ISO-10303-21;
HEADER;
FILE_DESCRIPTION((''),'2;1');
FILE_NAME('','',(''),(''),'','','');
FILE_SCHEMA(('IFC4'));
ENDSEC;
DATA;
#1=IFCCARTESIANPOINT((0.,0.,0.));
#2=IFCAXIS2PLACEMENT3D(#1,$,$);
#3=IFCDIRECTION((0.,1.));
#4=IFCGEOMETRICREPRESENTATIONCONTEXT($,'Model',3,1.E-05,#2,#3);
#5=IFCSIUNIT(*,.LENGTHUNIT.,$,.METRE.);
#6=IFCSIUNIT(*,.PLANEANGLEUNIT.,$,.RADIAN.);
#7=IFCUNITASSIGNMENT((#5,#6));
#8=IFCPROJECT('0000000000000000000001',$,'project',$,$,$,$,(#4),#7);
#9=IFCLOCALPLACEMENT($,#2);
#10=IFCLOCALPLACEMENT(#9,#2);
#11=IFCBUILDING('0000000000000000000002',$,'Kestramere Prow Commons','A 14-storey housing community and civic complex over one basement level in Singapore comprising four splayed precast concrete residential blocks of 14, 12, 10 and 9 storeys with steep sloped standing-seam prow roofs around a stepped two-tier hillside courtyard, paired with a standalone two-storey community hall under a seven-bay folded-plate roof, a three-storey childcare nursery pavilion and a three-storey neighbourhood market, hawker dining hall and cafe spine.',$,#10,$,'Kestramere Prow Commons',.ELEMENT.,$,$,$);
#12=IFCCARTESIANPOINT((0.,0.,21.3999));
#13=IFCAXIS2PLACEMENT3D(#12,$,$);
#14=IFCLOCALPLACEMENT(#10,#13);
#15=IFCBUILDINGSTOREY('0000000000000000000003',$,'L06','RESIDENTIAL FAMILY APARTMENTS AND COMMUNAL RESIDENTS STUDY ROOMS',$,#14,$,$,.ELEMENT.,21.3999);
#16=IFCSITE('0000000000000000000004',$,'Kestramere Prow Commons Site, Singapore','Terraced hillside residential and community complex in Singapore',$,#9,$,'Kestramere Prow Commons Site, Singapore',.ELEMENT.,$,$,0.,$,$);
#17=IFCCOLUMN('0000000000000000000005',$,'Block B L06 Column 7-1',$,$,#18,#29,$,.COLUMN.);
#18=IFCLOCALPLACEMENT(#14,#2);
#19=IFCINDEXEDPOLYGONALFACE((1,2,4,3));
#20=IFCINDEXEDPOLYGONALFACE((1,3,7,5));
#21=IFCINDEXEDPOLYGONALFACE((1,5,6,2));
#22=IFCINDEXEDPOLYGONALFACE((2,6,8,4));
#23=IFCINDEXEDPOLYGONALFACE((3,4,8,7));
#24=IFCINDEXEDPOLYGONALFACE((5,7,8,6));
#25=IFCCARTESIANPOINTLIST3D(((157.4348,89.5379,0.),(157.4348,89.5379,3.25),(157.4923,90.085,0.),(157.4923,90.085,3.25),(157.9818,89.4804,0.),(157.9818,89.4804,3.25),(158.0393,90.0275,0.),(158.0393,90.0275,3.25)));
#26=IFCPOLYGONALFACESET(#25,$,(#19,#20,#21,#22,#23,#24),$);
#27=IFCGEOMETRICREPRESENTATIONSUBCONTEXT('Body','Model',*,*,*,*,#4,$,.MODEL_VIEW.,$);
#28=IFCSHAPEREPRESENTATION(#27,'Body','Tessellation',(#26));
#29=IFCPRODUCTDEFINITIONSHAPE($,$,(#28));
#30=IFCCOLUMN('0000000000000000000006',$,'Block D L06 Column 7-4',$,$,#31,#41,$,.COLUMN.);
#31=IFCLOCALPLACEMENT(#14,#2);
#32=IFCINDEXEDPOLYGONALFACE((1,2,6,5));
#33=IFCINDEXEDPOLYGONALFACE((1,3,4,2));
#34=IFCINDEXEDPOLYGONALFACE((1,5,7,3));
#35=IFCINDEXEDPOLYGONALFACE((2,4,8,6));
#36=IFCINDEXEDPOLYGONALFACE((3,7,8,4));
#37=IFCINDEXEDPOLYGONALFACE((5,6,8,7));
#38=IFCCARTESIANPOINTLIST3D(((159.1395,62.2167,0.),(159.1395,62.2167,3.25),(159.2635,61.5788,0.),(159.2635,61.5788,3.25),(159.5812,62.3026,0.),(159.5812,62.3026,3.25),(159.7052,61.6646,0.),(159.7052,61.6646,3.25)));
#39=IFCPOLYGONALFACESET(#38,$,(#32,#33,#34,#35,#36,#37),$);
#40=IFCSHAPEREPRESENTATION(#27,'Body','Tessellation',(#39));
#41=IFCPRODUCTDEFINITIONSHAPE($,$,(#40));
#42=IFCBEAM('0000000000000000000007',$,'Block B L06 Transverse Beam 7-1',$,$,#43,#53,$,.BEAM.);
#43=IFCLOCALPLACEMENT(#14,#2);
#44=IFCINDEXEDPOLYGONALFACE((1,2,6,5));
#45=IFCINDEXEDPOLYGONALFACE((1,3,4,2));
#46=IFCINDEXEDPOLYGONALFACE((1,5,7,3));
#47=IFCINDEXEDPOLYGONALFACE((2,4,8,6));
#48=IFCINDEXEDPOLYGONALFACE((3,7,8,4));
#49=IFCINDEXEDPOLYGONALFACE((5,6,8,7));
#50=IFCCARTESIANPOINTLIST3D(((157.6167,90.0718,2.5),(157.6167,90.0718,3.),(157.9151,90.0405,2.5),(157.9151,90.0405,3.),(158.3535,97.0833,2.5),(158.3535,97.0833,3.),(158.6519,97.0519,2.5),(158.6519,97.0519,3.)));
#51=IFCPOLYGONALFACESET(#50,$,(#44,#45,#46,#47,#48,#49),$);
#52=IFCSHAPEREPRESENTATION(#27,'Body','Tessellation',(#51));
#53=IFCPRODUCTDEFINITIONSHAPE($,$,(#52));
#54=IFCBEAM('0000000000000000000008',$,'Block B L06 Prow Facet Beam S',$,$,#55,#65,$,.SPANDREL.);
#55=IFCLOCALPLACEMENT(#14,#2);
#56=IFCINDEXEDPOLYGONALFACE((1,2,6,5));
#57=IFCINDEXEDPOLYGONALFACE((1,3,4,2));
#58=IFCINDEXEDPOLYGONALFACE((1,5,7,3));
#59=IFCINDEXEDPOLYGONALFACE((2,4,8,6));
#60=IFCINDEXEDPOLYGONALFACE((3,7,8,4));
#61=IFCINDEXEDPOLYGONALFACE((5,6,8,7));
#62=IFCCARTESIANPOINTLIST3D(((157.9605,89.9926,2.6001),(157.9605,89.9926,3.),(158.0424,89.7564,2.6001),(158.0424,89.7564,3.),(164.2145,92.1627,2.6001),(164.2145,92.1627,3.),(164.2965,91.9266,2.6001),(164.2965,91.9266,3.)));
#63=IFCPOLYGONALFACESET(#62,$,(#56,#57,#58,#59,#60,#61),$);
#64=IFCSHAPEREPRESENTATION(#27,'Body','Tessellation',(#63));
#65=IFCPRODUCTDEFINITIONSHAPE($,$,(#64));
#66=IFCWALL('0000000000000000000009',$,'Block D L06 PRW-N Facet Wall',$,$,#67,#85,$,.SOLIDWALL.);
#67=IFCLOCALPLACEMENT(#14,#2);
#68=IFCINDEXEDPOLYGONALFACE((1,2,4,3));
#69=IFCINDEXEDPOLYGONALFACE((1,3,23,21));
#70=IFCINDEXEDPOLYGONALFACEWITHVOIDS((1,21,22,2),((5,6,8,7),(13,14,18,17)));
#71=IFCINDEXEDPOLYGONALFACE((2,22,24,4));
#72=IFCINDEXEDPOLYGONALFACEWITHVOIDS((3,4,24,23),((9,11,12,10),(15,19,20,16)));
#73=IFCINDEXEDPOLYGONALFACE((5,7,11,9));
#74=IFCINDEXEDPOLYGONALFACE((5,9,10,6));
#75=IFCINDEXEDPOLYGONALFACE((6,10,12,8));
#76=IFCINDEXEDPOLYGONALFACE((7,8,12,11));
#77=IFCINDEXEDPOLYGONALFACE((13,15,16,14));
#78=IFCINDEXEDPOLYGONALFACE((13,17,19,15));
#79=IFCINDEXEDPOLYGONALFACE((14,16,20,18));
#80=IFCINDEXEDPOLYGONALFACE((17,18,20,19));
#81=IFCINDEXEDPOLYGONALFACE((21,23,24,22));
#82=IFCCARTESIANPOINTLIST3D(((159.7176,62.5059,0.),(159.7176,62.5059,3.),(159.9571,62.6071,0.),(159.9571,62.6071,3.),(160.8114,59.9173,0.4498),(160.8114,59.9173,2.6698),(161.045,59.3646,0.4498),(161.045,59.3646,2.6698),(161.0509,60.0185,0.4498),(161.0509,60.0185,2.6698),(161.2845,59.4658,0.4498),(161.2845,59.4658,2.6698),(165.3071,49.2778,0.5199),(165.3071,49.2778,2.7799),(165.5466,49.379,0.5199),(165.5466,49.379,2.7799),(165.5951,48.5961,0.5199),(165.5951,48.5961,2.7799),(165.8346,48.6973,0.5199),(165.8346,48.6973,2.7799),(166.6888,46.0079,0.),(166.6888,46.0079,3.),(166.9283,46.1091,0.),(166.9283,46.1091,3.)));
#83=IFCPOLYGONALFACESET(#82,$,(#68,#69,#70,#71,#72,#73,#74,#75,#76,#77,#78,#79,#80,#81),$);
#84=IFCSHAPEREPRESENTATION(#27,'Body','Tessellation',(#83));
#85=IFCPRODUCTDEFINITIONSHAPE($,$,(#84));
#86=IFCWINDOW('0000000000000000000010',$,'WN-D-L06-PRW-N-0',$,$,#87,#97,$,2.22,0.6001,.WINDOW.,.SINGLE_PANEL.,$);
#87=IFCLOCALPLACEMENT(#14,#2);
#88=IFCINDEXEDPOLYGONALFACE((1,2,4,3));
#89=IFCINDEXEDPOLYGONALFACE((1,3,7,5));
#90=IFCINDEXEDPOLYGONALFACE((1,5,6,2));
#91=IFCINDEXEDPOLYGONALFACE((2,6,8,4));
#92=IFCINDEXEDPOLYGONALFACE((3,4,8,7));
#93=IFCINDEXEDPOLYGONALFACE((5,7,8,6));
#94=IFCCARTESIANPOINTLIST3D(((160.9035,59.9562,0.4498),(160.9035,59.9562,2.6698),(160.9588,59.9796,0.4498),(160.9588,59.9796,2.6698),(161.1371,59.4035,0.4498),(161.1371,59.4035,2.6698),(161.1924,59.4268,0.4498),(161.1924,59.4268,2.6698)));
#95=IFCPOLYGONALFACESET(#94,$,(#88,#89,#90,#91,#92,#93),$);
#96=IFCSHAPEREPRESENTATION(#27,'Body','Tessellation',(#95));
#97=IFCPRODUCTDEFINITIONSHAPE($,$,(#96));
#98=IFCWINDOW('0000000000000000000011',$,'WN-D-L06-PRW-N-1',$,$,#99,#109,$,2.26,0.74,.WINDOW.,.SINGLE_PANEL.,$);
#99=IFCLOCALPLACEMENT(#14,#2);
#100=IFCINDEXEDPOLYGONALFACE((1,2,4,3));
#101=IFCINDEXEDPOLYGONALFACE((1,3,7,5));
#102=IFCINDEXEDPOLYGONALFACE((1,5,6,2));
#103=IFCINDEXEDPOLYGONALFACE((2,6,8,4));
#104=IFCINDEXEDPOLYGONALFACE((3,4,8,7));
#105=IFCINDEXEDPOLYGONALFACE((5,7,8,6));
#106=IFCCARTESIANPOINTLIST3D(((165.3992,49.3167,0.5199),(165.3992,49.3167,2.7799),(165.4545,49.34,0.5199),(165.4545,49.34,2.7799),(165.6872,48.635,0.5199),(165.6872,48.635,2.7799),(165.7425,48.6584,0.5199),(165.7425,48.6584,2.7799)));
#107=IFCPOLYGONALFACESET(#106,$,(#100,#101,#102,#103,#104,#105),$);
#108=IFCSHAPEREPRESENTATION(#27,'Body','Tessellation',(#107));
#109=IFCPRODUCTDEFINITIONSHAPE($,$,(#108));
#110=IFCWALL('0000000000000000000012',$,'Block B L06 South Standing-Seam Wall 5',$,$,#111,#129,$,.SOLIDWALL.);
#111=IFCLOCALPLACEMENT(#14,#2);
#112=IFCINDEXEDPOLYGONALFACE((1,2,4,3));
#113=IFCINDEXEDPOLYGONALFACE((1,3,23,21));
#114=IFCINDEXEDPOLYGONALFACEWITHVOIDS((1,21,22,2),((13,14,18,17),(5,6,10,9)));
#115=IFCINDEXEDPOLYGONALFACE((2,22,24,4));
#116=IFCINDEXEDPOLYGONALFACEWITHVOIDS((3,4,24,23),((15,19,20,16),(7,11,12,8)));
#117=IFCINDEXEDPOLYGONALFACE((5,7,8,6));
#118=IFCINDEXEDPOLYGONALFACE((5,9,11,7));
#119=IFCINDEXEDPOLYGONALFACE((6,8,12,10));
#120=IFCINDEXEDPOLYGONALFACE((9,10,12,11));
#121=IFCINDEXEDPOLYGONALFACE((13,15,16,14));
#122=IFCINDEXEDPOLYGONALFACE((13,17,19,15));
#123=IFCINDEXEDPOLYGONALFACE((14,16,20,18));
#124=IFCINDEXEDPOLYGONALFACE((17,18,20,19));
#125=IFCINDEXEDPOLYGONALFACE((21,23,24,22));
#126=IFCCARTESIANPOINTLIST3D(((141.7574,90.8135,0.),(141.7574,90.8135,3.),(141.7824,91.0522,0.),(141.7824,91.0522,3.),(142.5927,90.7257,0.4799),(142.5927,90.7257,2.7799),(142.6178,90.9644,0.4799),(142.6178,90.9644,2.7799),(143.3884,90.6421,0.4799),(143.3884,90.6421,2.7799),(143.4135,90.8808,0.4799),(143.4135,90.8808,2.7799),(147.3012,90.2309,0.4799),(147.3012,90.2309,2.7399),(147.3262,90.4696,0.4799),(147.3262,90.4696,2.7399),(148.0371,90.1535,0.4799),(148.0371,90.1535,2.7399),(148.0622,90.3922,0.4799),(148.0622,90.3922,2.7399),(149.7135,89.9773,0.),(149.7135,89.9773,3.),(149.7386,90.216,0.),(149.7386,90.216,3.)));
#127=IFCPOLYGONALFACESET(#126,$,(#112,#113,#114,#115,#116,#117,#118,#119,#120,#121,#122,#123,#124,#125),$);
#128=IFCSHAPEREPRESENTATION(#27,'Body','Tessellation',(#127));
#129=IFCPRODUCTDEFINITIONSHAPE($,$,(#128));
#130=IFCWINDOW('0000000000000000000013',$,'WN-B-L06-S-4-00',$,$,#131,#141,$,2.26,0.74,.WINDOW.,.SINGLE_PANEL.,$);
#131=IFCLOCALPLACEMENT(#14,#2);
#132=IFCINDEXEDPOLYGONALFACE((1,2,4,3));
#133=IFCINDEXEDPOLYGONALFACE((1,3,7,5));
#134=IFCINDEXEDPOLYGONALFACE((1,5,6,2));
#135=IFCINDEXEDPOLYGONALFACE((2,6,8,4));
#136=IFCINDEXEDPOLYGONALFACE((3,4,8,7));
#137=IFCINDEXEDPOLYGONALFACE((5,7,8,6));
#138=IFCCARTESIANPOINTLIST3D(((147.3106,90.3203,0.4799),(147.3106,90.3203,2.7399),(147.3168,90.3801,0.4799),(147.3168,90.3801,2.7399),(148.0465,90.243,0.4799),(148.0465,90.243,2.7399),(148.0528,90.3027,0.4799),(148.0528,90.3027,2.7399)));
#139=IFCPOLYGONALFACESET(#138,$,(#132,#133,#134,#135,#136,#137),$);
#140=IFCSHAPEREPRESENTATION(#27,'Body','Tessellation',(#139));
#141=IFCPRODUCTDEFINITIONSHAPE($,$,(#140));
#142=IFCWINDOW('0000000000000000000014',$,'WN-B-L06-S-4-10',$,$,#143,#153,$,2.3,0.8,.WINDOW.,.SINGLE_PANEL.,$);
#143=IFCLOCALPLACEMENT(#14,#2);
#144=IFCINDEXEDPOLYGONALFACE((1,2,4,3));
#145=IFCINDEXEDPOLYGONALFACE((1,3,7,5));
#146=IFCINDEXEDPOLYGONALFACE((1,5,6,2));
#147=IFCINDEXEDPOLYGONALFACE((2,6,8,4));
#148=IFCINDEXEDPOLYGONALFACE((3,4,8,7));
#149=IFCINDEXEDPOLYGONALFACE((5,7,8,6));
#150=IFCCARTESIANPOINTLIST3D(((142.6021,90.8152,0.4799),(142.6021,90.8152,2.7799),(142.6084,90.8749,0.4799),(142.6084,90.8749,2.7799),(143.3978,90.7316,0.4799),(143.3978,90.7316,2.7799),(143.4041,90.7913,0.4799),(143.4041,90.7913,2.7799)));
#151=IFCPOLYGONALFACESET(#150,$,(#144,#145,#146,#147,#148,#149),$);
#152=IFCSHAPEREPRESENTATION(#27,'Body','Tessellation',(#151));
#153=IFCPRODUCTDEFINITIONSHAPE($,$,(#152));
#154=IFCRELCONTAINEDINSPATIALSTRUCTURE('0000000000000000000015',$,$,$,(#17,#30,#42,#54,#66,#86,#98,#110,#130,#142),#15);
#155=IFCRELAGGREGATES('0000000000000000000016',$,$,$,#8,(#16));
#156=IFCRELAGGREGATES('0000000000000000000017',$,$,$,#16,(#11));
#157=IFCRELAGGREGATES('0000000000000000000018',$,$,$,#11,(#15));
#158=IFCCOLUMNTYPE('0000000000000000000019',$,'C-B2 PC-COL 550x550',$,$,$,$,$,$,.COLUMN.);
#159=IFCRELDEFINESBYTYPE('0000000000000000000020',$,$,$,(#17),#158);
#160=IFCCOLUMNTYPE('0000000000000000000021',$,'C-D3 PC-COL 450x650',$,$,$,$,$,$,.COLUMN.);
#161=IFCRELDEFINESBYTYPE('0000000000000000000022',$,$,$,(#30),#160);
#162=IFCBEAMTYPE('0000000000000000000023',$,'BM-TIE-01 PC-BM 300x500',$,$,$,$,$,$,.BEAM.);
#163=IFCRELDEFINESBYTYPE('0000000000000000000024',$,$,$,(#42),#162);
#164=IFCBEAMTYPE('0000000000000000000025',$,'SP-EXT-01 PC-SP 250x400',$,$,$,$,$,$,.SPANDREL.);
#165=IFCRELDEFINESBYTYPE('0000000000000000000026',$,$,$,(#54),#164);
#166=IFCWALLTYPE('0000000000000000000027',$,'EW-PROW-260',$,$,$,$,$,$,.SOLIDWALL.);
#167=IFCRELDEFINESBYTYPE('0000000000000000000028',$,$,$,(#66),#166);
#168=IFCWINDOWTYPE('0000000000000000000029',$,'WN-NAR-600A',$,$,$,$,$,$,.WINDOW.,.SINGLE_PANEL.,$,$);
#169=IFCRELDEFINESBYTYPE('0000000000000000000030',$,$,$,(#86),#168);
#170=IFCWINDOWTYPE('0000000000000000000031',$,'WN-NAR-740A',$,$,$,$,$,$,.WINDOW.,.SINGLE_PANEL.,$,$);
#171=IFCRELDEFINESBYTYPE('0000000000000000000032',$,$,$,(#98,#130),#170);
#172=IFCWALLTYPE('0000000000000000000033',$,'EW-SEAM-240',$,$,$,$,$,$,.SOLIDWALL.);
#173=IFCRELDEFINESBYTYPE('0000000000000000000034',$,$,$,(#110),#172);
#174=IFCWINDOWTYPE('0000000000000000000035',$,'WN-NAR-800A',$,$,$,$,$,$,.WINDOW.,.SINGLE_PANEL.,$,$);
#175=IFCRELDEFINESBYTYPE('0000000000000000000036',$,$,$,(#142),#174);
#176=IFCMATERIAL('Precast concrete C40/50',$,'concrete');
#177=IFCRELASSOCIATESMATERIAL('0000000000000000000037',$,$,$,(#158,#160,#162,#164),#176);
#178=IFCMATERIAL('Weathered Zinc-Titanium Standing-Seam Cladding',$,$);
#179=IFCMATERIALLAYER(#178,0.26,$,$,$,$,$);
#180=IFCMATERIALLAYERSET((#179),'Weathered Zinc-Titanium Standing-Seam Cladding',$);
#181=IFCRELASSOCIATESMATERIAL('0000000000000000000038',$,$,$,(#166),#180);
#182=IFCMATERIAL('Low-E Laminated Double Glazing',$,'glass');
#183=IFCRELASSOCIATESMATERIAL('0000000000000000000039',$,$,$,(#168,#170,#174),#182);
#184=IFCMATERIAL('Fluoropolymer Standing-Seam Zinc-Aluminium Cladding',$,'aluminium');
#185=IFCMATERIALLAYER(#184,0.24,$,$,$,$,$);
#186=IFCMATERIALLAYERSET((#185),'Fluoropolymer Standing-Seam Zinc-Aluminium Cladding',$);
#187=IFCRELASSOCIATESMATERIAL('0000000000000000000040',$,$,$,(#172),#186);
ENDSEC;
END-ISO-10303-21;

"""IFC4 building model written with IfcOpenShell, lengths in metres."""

from ifc_helpers import new_model, si_unit, direction, frame, frame_2d, origin, origin_2d, place, context, subcontext, project, spatial, rectangle, extrude, material, layer, layer_set, material_profile, profile_set, type_object, element, fill, save


model = new_model("IFC4")

# Units and contexts
model_context = context("Model", 3, precision=1e-05, world=origin(), true_north=direction((0.0, 1.0)))
body_context = subcontext(model_context, "Body", "Model", "MODEL_VIEW")
ifc_project = project(units=[si_unit("LENGTHUNIT", "METRE"), si_unit("PLANEANGLEUNIT", "RADIAN")], contexts=[model_context])

# Site, building, storey
site_placement = place(None, origin())
site = spatial("IfcSite", under=ifc_project, at=site_placement, Name="Kestramere Prow Commons Site, Singapore", Description="Terraced hillside residential and community complex in Singapore", LongName="Kestramere Prow Commons Site, Singapore", CompositionType="ELEMENT", RefElevation=0.0)
building_placement = place(site_placement, origin())
building = spatial("IfcBuilding", under=site, at=building_placement, Name="Kestramere Prow Commons", Description="A 14-storey housing community and civic complex over one basement level in Singapore comprising four splayed precast concrete residential blocks of 14, 12, 10 and 9 storeys with steep sloped standing-seam prow roofs around a stepped two-tier hillside courtyard, paired with a standalone two-storey community hall under a seven-bay folded-plate roof, a three-storey childcare nursery pavilion and a three-storey neighbourhood market, hawker dining hall and cafe spine.", LongName="Kestramere Prow Commons", CompositionType="ELEMENT")
storey_placement = place(building_placement, frame((0.0, 0.0, 21.3999)))
storey = spatial("IfcBuildingStorey", under=building, at=storey_placement, Name="L06", Description="RESIDENTIAL FAMILY APARTMENTS AND COMMUNAL RESIDENTS STUDY ROOMS", CompositionType="ELEMENT", Elevation=21.3999)

# Columns
ifc_material_1 = material(Name="Precast concrete C40/50", Category="concrete")
ifc_material_profile_1 = material_profile(ifc_material_1, rectangle(XDim=0.55, YDim=0.55, at=origin_2d()), Name="PC-COL 550x550")
ifc_profile_set_1 = profile_set([ifc_material_profile_1], Name="Precast concrete C40/50")
column_type_1 = type_object("IfcColumnType", Name="C-B2 PC-COL 550x550", PredefinedType="COLUMN", material=ifc_profile_set_1)
column_1_placement = place(storey_placement, frame((157.7371, 89.7827, 0.0), z_axis=(0.0, 0.0, 1.0), x_axis=(0.994522, -0.104528, 0.0)))
element("IfcColumn", 1, at=column_1_placement, inside=storey, type_object=column_type_1, Name="Block B L06 Column 7-1", PredefinedType="COLUMN", context=body_context, shape_type="SweptSolid", body=[
    extrude(rectangle(XDim=0.55, YDim=0.55, at=origin_2d()), origin(), (0.0, 0.0, 1.0), 3.25),
])
ifc_material_profile_2 = material_profile(ifc_material_1, rectangle(XDim=0.45, YDim=0.6499, at=origin_2d()), Name="PC-COL 450x650")
ifc_profile_set_2 = profile_set([ifc_material_profile_2], Name="Precast concrete C40/50")
column_type_2 = type_object("IfcColumnType", Name="C-D3 PC-COL 450x650", PredefinedType="COLUMN", material=ifc_profile_set_2)
column_2_placement = place(storey_placement, frame((159.4224, 61.9407, 0.0), z_axis=(0.0, 0.0, 1.0), x_axis=(0.981627, 0.190809, 0.0)))
element("IfcColumn", 2, at=column_2_placement, inside=storey, type_object=column_type_2, Name="Block D L06 Column 7-4", PredefinedType="COLUMN", context=body_context, shape_type="SweptSolid", body=[
    extrude(rectangle(XDim=0.45, YDim=0.6499, at=origin_2d()), origin(), (0.0, 0.0, 1.0), 3.25),
])

# Beams
ifc_material_profile_3 = material_profile(ifc_material_1, rectangle(XDim=0.3, YDim=0.5, at=origin_2d()), Name="PC-BM 300x500")
ifc_profile_set_3 = profile_set([ifc_material_profile_3], Name="Precast concrete C40/50")
beam_type_1 = type_object("IfcBeamType", Name="BM-TIE-01 PC-BM 300x500", PredefinedType="BEAM", material=ifc_profile_set_3)
beam_1_placement = place(storey_placement, frame((157.7659, 90.0562, 2.75), z_axis=(0.104512, 0.994524, 0.0), x_axis=(-0.994524, 0.104512, 0.0)))
element("IfcBeam", 3, at=beam_1_placement, inside=storey, type_object=beam_type_1, Name="Block B L06 Transverse Beam 7-1", PredefinedType="BEAM", context=body_context, shape_type="SweptSolid", body=[
    extrude(rectangle(XDim=0.3, YDim=0.5, at=origin_2d()), origin(), (0.0, 0.0, 1.0), 7.05),
])
ifc_material_profile_4 = material_profile(ifc_material_1, rectangle(XDim=0.25, YDim=0.3999, at=origin_2d()), Name="PC-SP 250x400")
ifc_profile_set_4 = profile_set([ifc_material_profile_4], Name="Precast concrete C40/50")
beam_type_2 = type_object("IfcBeamType", Name="SP-EXT-01 PC-SP 250x400", PredefinedType="SPANDREL", material=ifc_profile_set_4)
beam_2_placement = place(storey_placement, frame((158.0015, 89.8745, 2.8), z_axis=(0.94474, 0.327821, 0.0), x_axis=(-0.327821, 0.94474, 0.0)))
element("IfcBeam", 4, at=beam_2_placement, inside=storey, type_object=beam_type_2, Name="Block B L06 Prow Facet Beam S", PredefinedType="SPANDREL", context=body_context, shape_type="SweptSolid", body=[
    extrude(rectangle(XDim=0.25, YDim=0.3999, at=origin_2d()), origin(), (0.0, 0.0, 1.0), 6.6199),
])

# Walls, openings, windows
ifc_material_2 = material(Name="Weathered Zinc-Titanium Standing-Seam Cladding")
ifc_layer_1 = layer(ifc_material_2, 0.26)
ifc_layer_set_1 = layer_set([ifc_layer_1], Name="Weathered Zinc-Titanium Standing-Seam Cladding")
wall_type_1 = type_object("IfcWallType", Name="EW-PROW-260", PredefinedType="SOLIDWALL", material=ifc_layer_set_1)
wall_1_placement = place(storey_placement, frame((159.8374, 62.5564, 0.0), z_axis=(0.0, 0.0, 1.0), x_axis=(0.389226, -0.921142, 0.0)))
wall_1 = element("IfcWall", 5, at=wall_1_placement, inside=storey, type_object=wall_type_1, Name="Block D L06 PRW-N Facet Wall", PredefinedType="SOLIDWALL", context=body_context, shape_type="SweptSolid", body=[
    extrude(rectangle(XDim=17.9104, YDim=0.26, at=frame_2d((8.9551, 0.0))), origin(), (0.0, 0.0, 1.0), 3.0),
])
opening_1_placement = place(wall_1_placement, frame((2.8101, 0.0, 0.45)))
opening_1 = element("IfcOpeningElement", 6, at=opening_1_placement, cuts=wall_1, PredefinedType="OPENING", context=body_context, shape_type="SweptSolid", body=[
    extrude(rectangle(XDim=0.6001, YDim=2.22, at=frame_2d((0.3, 1.1099))), frame((0.0, 0.145, 0.0), z_axis=(0.0, -1.0, 0.0), x_axis=(1.0, 0.0, 0.0)), (0.0, 0.0, 1.0), 0.29),
])
opening_2_placement = place(wall_1_placement, frame((14.3604, 0.0, 0.52)))
opening_2 = element("IfcOpeningElement", 7, at=opening_2_placement, cuts=wall_1, PredefinedType="OPENING", context=body_context, shape_type="SweptSolid", body=[
    extrude(rectangle(XDim=0.74, YDim=2.26, at=frame_2d((0.3701, 1.1299))), frame((0.0, 0.145, 0.0), z_axis=(0.0, -1.0, 0.0), x_axis=(1.0, 0.0, 0.0)), (0.0, 0.0, 1.0), 0.29),
])
ifc_material_3 = material(Name="Low-E Laminated Double Glazing", Category="glass")
window_type_1 = type_object("IfcWindowType", Name="WN-NAR-600A", PartitioningType="SINGLE_PANEL", PredefinedType="WINDOW", material=ifc_material_3)
window_1_placement = place(opening_1_placement, origin())
window_1 = element("IfcWindow", 8, at=window_1_placement, inside=storey, type_object=window_type_1, Name="WN-D-L06-PRW-N-0", OverallHeight=2.22, OverallWidth=0.6001, PartitioningType="SINGLE_PANEL", PredefinedType="WINDOW", context=body_context, shape_type="SweptSolid", body=[
    extrude(rectangle(XDim=0.6001, YDim=2.22, at=frame_2d((0.3, 1.1099))), frame((0.0, 0.03, 0.0), z_axis=(0.0, -1.0, 0.0), x_axis=(1.0, 0.0, 0.0)), (0.0, 0.0, 1.0), 0.0601),
])
fill(opening_1, window_1)
window_type_2 = type_object("IfcWindowType", Name="WN-NAR-740A", PartitioningType="SINGLE_PANEL", PredefinedType="WINDOW", material=ifc_material_3)
window_2_placement = place(opening_2_placement, origin())
window_2 = element("IfcWindow", 9, at=window_2_placement, inside=storey, type_object=window_type_2, Name="WN-D-L06-PRW-N-1", OverallHeight=2.26, OverallWidth=0.74, PartitioningType="SINGLE_PANEL", PredefinedType="WINDOW", context=body_context, shape_type="SweptSolid", body=[
    extrude(rectangle(XDim=0.74, YDim=2.26, at=frame_2d((0.3701, 1.1299))), frame((0.0, 0.03, 0.0), z_axis=(0.0, -1.0, 0.0), x_axis=(1.0, 0.0, 0.0)), (0.0, 0.0, 1.0), 0.0601),
])
fill(opening_2, window_2)
ifc_material_4 = material(Name="Fluoropolymer Standing-Seam Zinc-Aluminium Cladding", Category="aluminium")
ifc_layer_2 = layer(ifc_material_4, 0.24)
ifc_layer_set_2 = layer_set([ifc_layer_2], Name="Fluoropolymer Standing-Seam Zinc-Aluminium Cladding")
wall_type_2 = type_object("IfcWallType", Name="EW-SEAM-240", PredefinedType="SOLIDWALL", material=ifc_layer_set_2)
wall_2_placement = place(storey_placement, frame((149.7261, 90.0967, 0.0), z_axis=(0.0, 0.0, 1.0), x_axis=(-0.994523, 0.104521, 0.0)))
wall_2 = element("IfcWall", 10, at=wall_2_placement, inside=storey, type_object=wall_type_2, Name="Block B L06 South Standing-Seam Wall 5", PredefinedType="SOLIDWALL", context=body_context, shape_type="SweptSolid", body=[
    extrude(rectangle(XDim=8.0, YDim=0.24, at=frame_2d((4.0, 0.0))), origin(), (0.0, 0.0, 1.0), 3.0),
])
opening_3_placement = place(wall_2_placement, frame((1.6855, 0.0, 0.48)))
opening_3 = element("IfcOpeningElement", 11, at=opening_3_placement, cuts=wall_2, PredefinedType="OPENING", context=body_context, shape_type="SweptSolid", body=[
    extrude(rectangle(XDim=0.74, YDim=2.26, at=frame_2d((0.3701, 1.1299))), frame((0.0, 0.135, 0.0), z_axis=(0.0, -1.0, 0.0), x_axis=(1.0, 0.0, 0.0)), (0.0, 0.0, 1.0), 0.27),
])
opening_4_placement = place(wall_2_placement, frame((6.3601, 0.0, 0.48)))
opening_4 = element("IfcOpeningElement", 12, at=opening_4_placement, cuts=wall_2, PredefinedType="OPENING", context=body_context, shape_type="SweptSolid", body=[
    extrude(rectangle(XDim=0.8, YDim=2.3, at=frame_2d((0.3999, 1.1499))), frame((0.0, 0.135, 0.0), z_axis=(0.0, -1.0, 0.0), x_axis=(1.0, 0.0, 0.0)), (0.0, 0.0, 1.0), 0.27),
])
window_3_placement = place(opening_3_placement, origin())
window_3 = element("IfcWindow", 13, at=window_3_placement, inside=storey, type_object=window_type_2, Name="WN-B-L06-S-4-00", OverallHeight=2.26, OverallWidth=0.74, PartitioningType="SINGLE_PANEL", PredefinedType="WINDOW", context=body_context, shape_type="SweptSolid", body=[
    extrude(rectangle(XDim=0.74, YDim=2.26, at=frame_2d((0.3701, 1.1299))), frame((0.0, 0.03, 0.0), z_axis=(0.0, -1.0, 0.0), x_axis=(1.0, 0.0, 0.0)), (0.0, 0.0, 1.0), 0.0601),
])
fill(opening_3, window_3)
window_type_3 = type_object("IfcWindowType", Name="WN-NAR-800A", PartitioningType="SINGLE_PANEL", PredefinedType="WINDOW", material=ifc_material_3)
window_4_placement = place(opening_4_placement, origin())
window_4 = element("IfcWindow", 14, at=window_4_placement, inside=storey, type_object=window_type_3, Name="WN-B-L06-S-4-10", OverallHeight=2.3, OverallWidth=0.8, PartitioningType="SINGLE_PANEL", PredefinedType="WINDOW", context=body_context, shape_type="SweptSolid", body=[
    extrude(rectangle(XDim=0.8, YDim=2.3, at=frame_2d((0.3999, 1.1499))), frame((0.0, 0.03, 0.0), z_axis=(0.0, -1.0, 0.0), x_axis=(1.0, 0.0, 0.0)), (0.0, 0.0, 1.0), 0.0601),
])
fill(opening_4, window_4)

save(model, "model.ifc")
